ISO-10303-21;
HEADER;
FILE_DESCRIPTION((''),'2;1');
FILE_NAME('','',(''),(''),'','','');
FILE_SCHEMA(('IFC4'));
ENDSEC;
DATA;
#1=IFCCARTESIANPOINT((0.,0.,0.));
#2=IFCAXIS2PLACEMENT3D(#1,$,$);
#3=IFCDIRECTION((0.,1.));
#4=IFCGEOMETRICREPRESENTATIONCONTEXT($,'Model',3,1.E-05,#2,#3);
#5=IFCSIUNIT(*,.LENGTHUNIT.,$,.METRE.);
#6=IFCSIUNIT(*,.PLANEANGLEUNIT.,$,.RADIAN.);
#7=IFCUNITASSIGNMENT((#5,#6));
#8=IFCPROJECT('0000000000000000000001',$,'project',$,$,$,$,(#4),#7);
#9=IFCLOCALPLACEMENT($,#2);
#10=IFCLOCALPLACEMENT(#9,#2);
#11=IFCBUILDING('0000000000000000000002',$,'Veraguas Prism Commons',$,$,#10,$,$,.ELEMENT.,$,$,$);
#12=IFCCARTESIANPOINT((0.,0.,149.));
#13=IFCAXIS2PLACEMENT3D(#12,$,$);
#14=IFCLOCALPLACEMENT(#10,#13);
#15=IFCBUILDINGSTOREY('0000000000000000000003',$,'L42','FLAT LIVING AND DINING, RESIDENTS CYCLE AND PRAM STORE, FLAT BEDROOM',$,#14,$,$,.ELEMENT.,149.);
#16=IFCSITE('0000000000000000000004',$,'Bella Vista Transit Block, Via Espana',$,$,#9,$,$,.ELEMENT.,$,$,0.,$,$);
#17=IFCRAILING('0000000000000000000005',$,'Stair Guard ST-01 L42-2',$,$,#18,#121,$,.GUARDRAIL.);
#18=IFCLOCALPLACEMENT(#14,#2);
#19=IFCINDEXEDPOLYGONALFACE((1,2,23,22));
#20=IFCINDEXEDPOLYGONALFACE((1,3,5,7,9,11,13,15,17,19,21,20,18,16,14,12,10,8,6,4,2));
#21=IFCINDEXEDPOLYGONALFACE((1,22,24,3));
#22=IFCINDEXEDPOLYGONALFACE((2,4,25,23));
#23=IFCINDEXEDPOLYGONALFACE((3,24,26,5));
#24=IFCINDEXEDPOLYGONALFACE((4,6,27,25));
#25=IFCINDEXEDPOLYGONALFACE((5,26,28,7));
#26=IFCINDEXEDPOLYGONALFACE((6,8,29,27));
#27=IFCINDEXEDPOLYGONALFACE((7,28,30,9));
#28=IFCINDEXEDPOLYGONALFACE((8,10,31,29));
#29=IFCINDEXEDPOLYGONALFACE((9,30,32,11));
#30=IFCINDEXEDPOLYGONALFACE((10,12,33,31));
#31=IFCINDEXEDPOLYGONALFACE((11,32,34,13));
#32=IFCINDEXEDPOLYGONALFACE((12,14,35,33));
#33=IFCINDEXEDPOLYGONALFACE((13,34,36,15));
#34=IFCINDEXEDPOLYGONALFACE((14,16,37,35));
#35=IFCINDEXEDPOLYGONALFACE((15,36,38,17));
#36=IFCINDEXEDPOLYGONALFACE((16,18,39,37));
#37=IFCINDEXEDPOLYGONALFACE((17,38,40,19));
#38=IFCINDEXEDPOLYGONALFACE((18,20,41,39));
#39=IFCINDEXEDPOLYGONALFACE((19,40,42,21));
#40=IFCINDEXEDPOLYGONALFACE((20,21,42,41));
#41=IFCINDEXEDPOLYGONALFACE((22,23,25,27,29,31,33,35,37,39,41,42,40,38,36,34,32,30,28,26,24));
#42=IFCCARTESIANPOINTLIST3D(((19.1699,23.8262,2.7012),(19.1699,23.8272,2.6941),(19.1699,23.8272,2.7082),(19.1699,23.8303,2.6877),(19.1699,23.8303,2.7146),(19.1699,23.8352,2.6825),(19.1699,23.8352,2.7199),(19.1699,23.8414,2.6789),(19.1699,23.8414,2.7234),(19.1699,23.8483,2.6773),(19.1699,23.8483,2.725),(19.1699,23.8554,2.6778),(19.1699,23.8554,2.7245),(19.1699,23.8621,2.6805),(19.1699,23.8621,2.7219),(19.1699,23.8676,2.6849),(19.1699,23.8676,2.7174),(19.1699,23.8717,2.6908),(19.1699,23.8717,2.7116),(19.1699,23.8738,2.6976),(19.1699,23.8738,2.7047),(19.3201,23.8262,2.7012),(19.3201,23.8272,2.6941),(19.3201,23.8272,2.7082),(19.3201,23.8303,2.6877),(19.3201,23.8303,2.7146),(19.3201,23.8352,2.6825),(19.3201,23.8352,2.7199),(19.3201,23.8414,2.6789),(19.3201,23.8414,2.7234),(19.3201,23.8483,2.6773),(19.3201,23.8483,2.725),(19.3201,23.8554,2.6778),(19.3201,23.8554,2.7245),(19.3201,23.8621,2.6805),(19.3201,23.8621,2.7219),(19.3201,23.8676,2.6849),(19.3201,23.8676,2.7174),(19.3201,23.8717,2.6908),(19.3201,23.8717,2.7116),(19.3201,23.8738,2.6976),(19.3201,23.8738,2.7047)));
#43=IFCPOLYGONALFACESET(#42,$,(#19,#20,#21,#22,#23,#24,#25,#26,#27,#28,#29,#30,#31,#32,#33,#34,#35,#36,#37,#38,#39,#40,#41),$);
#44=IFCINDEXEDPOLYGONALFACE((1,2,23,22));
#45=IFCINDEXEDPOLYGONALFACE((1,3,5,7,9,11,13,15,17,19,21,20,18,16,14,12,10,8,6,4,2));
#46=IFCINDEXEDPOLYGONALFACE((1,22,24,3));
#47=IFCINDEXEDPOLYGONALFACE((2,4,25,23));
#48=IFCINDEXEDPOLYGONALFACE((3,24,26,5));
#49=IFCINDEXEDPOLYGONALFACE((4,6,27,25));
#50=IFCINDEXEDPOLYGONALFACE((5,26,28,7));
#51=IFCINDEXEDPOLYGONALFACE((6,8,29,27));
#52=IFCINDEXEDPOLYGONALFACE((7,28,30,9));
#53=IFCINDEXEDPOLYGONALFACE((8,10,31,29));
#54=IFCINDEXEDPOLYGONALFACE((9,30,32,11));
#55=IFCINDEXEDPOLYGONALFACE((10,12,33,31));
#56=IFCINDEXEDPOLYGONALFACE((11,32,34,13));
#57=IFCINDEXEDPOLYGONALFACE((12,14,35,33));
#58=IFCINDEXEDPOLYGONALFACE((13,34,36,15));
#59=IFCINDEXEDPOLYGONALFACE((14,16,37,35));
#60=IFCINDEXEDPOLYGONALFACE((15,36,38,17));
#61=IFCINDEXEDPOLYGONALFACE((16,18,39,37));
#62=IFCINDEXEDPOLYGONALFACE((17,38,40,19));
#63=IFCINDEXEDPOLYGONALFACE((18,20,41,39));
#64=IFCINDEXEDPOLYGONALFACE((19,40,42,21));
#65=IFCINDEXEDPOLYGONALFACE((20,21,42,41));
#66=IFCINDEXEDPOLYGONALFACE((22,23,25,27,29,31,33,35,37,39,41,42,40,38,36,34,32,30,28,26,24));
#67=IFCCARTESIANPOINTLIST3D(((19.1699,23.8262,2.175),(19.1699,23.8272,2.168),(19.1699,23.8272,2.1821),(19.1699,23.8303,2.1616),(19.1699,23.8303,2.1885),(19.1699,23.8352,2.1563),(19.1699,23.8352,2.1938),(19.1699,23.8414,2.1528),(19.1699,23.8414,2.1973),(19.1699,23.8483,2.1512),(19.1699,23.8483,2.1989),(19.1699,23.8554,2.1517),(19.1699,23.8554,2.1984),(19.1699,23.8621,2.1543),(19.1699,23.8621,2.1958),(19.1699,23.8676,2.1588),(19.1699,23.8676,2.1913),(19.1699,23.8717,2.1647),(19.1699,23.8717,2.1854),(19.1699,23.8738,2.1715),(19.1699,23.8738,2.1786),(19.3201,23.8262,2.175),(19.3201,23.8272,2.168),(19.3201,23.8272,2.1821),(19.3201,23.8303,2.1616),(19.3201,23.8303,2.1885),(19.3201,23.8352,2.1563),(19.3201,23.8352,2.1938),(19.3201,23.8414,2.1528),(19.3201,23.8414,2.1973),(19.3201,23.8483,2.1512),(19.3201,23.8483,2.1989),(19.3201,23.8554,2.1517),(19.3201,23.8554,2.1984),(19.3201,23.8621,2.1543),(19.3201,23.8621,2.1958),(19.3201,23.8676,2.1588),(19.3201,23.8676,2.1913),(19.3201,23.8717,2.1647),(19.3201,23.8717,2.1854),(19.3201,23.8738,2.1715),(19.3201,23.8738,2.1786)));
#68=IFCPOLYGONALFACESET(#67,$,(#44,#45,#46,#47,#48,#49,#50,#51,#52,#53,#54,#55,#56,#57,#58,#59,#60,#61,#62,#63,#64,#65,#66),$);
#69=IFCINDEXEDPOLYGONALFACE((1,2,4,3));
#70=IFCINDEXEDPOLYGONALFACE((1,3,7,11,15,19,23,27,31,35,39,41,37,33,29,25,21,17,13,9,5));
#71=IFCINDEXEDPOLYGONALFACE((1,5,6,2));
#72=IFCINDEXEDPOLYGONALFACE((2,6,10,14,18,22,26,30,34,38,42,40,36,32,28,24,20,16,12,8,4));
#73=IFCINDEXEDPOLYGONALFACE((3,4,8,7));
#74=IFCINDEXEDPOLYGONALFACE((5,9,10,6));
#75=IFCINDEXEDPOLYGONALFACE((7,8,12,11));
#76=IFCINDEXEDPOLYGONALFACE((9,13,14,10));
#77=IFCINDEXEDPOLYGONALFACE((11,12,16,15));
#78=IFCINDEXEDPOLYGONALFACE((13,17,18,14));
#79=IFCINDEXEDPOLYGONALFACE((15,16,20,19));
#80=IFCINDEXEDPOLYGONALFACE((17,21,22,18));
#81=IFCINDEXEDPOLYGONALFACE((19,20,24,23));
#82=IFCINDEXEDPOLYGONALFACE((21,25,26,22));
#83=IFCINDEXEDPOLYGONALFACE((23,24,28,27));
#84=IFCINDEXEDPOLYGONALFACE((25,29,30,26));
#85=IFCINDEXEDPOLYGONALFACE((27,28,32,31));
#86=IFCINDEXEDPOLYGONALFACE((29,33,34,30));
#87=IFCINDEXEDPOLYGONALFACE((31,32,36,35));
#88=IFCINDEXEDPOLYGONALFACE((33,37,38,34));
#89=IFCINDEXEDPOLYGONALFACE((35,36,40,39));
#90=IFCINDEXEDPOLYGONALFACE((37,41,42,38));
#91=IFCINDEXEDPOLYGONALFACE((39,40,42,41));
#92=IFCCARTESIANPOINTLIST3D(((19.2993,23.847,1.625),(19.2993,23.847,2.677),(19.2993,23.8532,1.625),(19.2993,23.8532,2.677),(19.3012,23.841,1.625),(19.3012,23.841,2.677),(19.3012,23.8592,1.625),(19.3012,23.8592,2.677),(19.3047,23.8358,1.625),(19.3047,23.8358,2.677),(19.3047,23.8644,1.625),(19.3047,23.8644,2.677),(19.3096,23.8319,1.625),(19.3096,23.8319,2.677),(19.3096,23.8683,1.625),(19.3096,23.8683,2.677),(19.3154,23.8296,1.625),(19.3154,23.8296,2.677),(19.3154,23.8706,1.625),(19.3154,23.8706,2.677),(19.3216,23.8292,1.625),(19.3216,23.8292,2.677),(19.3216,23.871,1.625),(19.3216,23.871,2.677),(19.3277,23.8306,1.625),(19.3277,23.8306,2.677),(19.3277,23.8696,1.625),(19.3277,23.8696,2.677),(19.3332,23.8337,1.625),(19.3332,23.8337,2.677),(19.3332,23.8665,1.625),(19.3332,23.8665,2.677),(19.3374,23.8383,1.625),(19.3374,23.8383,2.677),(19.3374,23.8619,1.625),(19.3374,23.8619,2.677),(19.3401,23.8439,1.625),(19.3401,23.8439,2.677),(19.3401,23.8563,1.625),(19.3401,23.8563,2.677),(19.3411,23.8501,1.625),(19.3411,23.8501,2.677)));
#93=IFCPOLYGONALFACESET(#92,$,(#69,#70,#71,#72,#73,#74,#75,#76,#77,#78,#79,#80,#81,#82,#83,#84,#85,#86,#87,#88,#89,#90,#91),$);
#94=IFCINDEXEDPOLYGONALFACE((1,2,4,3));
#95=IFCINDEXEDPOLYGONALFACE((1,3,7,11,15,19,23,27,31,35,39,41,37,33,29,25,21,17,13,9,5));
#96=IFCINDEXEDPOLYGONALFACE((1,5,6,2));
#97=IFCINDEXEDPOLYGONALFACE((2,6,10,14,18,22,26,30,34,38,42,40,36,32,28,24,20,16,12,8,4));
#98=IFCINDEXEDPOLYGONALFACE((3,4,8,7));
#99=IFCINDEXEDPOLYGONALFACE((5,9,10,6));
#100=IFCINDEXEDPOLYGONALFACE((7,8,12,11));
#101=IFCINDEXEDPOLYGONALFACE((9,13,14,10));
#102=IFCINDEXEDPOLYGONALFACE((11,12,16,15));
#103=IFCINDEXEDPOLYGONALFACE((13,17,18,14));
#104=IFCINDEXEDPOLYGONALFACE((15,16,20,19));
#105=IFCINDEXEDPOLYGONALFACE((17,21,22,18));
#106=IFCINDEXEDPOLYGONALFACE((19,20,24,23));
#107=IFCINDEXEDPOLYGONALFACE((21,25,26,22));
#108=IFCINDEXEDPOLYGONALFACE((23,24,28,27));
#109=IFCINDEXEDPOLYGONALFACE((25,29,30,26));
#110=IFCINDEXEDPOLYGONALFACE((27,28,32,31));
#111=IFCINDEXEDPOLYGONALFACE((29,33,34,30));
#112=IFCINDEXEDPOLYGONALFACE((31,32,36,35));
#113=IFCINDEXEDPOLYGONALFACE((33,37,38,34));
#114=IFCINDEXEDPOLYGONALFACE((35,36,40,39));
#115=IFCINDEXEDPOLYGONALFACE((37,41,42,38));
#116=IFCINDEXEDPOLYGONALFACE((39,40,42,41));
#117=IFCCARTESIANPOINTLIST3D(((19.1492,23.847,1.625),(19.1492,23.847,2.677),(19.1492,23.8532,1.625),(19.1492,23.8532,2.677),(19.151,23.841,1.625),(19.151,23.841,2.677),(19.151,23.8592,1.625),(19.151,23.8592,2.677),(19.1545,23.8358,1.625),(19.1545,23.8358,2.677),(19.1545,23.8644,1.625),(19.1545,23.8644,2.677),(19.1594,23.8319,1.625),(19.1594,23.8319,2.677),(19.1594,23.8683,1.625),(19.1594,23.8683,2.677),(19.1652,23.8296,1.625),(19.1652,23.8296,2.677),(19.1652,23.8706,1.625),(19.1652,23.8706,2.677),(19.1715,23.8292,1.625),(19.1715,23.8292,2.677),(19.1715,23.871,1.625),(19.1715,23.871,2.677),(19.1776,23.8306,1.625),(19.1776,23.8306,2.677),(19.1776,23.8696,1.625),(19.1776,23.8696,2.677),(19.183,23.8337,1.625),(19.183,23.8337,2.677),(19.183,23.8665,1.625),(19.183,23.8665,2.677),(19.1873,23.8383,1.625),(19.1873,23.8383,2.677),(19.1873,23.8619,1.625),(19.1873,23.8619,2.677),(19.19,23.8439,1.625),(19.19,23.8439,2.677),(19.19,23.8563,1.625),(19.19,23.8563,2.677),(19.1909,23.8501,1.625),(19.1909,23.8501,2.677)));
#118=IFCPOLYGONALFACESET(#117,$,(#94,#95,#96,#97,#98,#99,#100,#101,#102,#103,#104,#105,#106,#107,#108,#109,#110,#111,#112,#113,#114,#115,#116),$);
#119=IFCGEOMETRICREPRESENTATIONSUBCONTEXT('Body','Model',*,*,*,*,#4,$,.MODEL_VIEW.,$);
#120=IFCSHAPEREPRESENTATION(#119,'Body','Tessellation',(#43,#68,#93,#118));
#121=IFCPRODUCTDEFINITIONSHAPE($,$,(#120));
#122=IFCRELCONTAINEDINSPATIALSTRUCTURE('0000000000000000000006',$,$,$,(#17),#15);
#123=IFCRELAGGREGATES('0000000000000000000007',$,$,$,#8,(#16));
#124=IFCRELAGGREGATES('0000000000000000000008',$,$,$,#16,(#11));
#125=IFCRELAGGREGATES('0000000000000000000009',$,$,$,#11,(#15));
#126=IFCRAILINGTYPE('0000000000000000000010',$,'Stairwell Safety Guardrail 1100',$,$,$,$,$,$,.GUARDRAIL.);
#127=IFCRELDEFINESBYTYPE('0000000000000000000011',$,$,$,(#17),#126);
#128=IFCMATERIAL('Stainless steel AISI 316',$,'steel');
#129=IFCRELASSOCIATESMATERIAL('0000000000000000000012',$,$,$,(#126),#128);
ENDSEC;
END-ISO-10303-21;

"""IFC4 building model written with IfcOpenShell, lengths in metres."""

from ifc_helpers import new_model, si_unit, direction, frame, origin, origin_2d, place, context, subcontext, project, spatial, circle, extrude, material, type_object, element, save


model = new_model("IFC4")

# Units and contexts
model_context = context("Model", 3, precision=1e-05, world=origin(), true_north=direction((0.0, 1.0)))
body_context = subcontext(model_context, "Body", "Model", "MODEL_VIEW")
ifc_project = project(units=[si_unit("LENGTHUNIT", "METRE"), si_unit("PLANEANGLEUNIT", "RADIAN")], contexts=[model_context])

# Site, building, storey
site_placement = place(None, origin())
site = spatial("IfcSite", under=ifc_project, at=site_placement, Name="Bella Vista Transit Block, Via Espana", CompositionType="ELEMENT", RefElevation=0.0)
building_placement = place(site_placement, origin())
building = spatial("IfcBuilding", under=site, at=building_placement, Name="Veraguas Prism Commons", CompositionType="ELEMENT")
storey_placement = place(building_placement, frame((0.0, 0.0, 149.0)))
storey = spatial("IfcBuildingStorey", under=building, at=storey_placement, Name="L42", Description="FLAT LIVING AND DINING, RESIDENTS CYCLE AND PRAM STORE, FLAT BEDROOM", CompositionType="ELEMENT", Elevation=149.0)

# Railing
ifc_material_1 = material(Name="Stainless steel AISI 316", Category="steel")
railing_type_1 = type_object("IfcRailingType", Name="Stairwell Safety Guardrail 1100", PredefinedType="GUARDRAIL", material=ifc_material_1)
railing_1_placement = place(storey_placement, frame((19.3201, 23.8501, 1.625)))
element("IfcRailing", 1, at=railing_1_placement, inside=storey, type_object=railing_type_1, Name="Stair Guard ST-01 L42-2", PredefinedType="GUARDRAIL", context=body_context, shape_type="SweptSolid", body=[
    extrude(circle(Radius=0.0239, at=origin_2d()), frame((0.0, 0.0, 1.0762), z_axis=(-1.0, 0.0, 0.0), x_axis=(0.0, -1.0, 0.0)), (0.0, 0.0, 1.0), 0.1501),
    extrude(circle(Radius=0.0239, at=origin_2d()), frame((0.0, 0.0, 0.55), z_axis=(-1.0, 0.0, 0.0), x_axis=(0.0, -1.0, 0.0)), (0.0, 0.0, 1.0), 0.1501),
    extrude(circle(Radius=0.021, at=origin_2d()), origin(), (0.0, 0.0, 1.0), 1.052),
    extrude(circle(Radius=0.021, at=origin_2d()), frame((-0.1501, 0.0, 0.0)), (0.0, 0.0, 1.0), 1.052),
])

save(model, "model.ifc")
